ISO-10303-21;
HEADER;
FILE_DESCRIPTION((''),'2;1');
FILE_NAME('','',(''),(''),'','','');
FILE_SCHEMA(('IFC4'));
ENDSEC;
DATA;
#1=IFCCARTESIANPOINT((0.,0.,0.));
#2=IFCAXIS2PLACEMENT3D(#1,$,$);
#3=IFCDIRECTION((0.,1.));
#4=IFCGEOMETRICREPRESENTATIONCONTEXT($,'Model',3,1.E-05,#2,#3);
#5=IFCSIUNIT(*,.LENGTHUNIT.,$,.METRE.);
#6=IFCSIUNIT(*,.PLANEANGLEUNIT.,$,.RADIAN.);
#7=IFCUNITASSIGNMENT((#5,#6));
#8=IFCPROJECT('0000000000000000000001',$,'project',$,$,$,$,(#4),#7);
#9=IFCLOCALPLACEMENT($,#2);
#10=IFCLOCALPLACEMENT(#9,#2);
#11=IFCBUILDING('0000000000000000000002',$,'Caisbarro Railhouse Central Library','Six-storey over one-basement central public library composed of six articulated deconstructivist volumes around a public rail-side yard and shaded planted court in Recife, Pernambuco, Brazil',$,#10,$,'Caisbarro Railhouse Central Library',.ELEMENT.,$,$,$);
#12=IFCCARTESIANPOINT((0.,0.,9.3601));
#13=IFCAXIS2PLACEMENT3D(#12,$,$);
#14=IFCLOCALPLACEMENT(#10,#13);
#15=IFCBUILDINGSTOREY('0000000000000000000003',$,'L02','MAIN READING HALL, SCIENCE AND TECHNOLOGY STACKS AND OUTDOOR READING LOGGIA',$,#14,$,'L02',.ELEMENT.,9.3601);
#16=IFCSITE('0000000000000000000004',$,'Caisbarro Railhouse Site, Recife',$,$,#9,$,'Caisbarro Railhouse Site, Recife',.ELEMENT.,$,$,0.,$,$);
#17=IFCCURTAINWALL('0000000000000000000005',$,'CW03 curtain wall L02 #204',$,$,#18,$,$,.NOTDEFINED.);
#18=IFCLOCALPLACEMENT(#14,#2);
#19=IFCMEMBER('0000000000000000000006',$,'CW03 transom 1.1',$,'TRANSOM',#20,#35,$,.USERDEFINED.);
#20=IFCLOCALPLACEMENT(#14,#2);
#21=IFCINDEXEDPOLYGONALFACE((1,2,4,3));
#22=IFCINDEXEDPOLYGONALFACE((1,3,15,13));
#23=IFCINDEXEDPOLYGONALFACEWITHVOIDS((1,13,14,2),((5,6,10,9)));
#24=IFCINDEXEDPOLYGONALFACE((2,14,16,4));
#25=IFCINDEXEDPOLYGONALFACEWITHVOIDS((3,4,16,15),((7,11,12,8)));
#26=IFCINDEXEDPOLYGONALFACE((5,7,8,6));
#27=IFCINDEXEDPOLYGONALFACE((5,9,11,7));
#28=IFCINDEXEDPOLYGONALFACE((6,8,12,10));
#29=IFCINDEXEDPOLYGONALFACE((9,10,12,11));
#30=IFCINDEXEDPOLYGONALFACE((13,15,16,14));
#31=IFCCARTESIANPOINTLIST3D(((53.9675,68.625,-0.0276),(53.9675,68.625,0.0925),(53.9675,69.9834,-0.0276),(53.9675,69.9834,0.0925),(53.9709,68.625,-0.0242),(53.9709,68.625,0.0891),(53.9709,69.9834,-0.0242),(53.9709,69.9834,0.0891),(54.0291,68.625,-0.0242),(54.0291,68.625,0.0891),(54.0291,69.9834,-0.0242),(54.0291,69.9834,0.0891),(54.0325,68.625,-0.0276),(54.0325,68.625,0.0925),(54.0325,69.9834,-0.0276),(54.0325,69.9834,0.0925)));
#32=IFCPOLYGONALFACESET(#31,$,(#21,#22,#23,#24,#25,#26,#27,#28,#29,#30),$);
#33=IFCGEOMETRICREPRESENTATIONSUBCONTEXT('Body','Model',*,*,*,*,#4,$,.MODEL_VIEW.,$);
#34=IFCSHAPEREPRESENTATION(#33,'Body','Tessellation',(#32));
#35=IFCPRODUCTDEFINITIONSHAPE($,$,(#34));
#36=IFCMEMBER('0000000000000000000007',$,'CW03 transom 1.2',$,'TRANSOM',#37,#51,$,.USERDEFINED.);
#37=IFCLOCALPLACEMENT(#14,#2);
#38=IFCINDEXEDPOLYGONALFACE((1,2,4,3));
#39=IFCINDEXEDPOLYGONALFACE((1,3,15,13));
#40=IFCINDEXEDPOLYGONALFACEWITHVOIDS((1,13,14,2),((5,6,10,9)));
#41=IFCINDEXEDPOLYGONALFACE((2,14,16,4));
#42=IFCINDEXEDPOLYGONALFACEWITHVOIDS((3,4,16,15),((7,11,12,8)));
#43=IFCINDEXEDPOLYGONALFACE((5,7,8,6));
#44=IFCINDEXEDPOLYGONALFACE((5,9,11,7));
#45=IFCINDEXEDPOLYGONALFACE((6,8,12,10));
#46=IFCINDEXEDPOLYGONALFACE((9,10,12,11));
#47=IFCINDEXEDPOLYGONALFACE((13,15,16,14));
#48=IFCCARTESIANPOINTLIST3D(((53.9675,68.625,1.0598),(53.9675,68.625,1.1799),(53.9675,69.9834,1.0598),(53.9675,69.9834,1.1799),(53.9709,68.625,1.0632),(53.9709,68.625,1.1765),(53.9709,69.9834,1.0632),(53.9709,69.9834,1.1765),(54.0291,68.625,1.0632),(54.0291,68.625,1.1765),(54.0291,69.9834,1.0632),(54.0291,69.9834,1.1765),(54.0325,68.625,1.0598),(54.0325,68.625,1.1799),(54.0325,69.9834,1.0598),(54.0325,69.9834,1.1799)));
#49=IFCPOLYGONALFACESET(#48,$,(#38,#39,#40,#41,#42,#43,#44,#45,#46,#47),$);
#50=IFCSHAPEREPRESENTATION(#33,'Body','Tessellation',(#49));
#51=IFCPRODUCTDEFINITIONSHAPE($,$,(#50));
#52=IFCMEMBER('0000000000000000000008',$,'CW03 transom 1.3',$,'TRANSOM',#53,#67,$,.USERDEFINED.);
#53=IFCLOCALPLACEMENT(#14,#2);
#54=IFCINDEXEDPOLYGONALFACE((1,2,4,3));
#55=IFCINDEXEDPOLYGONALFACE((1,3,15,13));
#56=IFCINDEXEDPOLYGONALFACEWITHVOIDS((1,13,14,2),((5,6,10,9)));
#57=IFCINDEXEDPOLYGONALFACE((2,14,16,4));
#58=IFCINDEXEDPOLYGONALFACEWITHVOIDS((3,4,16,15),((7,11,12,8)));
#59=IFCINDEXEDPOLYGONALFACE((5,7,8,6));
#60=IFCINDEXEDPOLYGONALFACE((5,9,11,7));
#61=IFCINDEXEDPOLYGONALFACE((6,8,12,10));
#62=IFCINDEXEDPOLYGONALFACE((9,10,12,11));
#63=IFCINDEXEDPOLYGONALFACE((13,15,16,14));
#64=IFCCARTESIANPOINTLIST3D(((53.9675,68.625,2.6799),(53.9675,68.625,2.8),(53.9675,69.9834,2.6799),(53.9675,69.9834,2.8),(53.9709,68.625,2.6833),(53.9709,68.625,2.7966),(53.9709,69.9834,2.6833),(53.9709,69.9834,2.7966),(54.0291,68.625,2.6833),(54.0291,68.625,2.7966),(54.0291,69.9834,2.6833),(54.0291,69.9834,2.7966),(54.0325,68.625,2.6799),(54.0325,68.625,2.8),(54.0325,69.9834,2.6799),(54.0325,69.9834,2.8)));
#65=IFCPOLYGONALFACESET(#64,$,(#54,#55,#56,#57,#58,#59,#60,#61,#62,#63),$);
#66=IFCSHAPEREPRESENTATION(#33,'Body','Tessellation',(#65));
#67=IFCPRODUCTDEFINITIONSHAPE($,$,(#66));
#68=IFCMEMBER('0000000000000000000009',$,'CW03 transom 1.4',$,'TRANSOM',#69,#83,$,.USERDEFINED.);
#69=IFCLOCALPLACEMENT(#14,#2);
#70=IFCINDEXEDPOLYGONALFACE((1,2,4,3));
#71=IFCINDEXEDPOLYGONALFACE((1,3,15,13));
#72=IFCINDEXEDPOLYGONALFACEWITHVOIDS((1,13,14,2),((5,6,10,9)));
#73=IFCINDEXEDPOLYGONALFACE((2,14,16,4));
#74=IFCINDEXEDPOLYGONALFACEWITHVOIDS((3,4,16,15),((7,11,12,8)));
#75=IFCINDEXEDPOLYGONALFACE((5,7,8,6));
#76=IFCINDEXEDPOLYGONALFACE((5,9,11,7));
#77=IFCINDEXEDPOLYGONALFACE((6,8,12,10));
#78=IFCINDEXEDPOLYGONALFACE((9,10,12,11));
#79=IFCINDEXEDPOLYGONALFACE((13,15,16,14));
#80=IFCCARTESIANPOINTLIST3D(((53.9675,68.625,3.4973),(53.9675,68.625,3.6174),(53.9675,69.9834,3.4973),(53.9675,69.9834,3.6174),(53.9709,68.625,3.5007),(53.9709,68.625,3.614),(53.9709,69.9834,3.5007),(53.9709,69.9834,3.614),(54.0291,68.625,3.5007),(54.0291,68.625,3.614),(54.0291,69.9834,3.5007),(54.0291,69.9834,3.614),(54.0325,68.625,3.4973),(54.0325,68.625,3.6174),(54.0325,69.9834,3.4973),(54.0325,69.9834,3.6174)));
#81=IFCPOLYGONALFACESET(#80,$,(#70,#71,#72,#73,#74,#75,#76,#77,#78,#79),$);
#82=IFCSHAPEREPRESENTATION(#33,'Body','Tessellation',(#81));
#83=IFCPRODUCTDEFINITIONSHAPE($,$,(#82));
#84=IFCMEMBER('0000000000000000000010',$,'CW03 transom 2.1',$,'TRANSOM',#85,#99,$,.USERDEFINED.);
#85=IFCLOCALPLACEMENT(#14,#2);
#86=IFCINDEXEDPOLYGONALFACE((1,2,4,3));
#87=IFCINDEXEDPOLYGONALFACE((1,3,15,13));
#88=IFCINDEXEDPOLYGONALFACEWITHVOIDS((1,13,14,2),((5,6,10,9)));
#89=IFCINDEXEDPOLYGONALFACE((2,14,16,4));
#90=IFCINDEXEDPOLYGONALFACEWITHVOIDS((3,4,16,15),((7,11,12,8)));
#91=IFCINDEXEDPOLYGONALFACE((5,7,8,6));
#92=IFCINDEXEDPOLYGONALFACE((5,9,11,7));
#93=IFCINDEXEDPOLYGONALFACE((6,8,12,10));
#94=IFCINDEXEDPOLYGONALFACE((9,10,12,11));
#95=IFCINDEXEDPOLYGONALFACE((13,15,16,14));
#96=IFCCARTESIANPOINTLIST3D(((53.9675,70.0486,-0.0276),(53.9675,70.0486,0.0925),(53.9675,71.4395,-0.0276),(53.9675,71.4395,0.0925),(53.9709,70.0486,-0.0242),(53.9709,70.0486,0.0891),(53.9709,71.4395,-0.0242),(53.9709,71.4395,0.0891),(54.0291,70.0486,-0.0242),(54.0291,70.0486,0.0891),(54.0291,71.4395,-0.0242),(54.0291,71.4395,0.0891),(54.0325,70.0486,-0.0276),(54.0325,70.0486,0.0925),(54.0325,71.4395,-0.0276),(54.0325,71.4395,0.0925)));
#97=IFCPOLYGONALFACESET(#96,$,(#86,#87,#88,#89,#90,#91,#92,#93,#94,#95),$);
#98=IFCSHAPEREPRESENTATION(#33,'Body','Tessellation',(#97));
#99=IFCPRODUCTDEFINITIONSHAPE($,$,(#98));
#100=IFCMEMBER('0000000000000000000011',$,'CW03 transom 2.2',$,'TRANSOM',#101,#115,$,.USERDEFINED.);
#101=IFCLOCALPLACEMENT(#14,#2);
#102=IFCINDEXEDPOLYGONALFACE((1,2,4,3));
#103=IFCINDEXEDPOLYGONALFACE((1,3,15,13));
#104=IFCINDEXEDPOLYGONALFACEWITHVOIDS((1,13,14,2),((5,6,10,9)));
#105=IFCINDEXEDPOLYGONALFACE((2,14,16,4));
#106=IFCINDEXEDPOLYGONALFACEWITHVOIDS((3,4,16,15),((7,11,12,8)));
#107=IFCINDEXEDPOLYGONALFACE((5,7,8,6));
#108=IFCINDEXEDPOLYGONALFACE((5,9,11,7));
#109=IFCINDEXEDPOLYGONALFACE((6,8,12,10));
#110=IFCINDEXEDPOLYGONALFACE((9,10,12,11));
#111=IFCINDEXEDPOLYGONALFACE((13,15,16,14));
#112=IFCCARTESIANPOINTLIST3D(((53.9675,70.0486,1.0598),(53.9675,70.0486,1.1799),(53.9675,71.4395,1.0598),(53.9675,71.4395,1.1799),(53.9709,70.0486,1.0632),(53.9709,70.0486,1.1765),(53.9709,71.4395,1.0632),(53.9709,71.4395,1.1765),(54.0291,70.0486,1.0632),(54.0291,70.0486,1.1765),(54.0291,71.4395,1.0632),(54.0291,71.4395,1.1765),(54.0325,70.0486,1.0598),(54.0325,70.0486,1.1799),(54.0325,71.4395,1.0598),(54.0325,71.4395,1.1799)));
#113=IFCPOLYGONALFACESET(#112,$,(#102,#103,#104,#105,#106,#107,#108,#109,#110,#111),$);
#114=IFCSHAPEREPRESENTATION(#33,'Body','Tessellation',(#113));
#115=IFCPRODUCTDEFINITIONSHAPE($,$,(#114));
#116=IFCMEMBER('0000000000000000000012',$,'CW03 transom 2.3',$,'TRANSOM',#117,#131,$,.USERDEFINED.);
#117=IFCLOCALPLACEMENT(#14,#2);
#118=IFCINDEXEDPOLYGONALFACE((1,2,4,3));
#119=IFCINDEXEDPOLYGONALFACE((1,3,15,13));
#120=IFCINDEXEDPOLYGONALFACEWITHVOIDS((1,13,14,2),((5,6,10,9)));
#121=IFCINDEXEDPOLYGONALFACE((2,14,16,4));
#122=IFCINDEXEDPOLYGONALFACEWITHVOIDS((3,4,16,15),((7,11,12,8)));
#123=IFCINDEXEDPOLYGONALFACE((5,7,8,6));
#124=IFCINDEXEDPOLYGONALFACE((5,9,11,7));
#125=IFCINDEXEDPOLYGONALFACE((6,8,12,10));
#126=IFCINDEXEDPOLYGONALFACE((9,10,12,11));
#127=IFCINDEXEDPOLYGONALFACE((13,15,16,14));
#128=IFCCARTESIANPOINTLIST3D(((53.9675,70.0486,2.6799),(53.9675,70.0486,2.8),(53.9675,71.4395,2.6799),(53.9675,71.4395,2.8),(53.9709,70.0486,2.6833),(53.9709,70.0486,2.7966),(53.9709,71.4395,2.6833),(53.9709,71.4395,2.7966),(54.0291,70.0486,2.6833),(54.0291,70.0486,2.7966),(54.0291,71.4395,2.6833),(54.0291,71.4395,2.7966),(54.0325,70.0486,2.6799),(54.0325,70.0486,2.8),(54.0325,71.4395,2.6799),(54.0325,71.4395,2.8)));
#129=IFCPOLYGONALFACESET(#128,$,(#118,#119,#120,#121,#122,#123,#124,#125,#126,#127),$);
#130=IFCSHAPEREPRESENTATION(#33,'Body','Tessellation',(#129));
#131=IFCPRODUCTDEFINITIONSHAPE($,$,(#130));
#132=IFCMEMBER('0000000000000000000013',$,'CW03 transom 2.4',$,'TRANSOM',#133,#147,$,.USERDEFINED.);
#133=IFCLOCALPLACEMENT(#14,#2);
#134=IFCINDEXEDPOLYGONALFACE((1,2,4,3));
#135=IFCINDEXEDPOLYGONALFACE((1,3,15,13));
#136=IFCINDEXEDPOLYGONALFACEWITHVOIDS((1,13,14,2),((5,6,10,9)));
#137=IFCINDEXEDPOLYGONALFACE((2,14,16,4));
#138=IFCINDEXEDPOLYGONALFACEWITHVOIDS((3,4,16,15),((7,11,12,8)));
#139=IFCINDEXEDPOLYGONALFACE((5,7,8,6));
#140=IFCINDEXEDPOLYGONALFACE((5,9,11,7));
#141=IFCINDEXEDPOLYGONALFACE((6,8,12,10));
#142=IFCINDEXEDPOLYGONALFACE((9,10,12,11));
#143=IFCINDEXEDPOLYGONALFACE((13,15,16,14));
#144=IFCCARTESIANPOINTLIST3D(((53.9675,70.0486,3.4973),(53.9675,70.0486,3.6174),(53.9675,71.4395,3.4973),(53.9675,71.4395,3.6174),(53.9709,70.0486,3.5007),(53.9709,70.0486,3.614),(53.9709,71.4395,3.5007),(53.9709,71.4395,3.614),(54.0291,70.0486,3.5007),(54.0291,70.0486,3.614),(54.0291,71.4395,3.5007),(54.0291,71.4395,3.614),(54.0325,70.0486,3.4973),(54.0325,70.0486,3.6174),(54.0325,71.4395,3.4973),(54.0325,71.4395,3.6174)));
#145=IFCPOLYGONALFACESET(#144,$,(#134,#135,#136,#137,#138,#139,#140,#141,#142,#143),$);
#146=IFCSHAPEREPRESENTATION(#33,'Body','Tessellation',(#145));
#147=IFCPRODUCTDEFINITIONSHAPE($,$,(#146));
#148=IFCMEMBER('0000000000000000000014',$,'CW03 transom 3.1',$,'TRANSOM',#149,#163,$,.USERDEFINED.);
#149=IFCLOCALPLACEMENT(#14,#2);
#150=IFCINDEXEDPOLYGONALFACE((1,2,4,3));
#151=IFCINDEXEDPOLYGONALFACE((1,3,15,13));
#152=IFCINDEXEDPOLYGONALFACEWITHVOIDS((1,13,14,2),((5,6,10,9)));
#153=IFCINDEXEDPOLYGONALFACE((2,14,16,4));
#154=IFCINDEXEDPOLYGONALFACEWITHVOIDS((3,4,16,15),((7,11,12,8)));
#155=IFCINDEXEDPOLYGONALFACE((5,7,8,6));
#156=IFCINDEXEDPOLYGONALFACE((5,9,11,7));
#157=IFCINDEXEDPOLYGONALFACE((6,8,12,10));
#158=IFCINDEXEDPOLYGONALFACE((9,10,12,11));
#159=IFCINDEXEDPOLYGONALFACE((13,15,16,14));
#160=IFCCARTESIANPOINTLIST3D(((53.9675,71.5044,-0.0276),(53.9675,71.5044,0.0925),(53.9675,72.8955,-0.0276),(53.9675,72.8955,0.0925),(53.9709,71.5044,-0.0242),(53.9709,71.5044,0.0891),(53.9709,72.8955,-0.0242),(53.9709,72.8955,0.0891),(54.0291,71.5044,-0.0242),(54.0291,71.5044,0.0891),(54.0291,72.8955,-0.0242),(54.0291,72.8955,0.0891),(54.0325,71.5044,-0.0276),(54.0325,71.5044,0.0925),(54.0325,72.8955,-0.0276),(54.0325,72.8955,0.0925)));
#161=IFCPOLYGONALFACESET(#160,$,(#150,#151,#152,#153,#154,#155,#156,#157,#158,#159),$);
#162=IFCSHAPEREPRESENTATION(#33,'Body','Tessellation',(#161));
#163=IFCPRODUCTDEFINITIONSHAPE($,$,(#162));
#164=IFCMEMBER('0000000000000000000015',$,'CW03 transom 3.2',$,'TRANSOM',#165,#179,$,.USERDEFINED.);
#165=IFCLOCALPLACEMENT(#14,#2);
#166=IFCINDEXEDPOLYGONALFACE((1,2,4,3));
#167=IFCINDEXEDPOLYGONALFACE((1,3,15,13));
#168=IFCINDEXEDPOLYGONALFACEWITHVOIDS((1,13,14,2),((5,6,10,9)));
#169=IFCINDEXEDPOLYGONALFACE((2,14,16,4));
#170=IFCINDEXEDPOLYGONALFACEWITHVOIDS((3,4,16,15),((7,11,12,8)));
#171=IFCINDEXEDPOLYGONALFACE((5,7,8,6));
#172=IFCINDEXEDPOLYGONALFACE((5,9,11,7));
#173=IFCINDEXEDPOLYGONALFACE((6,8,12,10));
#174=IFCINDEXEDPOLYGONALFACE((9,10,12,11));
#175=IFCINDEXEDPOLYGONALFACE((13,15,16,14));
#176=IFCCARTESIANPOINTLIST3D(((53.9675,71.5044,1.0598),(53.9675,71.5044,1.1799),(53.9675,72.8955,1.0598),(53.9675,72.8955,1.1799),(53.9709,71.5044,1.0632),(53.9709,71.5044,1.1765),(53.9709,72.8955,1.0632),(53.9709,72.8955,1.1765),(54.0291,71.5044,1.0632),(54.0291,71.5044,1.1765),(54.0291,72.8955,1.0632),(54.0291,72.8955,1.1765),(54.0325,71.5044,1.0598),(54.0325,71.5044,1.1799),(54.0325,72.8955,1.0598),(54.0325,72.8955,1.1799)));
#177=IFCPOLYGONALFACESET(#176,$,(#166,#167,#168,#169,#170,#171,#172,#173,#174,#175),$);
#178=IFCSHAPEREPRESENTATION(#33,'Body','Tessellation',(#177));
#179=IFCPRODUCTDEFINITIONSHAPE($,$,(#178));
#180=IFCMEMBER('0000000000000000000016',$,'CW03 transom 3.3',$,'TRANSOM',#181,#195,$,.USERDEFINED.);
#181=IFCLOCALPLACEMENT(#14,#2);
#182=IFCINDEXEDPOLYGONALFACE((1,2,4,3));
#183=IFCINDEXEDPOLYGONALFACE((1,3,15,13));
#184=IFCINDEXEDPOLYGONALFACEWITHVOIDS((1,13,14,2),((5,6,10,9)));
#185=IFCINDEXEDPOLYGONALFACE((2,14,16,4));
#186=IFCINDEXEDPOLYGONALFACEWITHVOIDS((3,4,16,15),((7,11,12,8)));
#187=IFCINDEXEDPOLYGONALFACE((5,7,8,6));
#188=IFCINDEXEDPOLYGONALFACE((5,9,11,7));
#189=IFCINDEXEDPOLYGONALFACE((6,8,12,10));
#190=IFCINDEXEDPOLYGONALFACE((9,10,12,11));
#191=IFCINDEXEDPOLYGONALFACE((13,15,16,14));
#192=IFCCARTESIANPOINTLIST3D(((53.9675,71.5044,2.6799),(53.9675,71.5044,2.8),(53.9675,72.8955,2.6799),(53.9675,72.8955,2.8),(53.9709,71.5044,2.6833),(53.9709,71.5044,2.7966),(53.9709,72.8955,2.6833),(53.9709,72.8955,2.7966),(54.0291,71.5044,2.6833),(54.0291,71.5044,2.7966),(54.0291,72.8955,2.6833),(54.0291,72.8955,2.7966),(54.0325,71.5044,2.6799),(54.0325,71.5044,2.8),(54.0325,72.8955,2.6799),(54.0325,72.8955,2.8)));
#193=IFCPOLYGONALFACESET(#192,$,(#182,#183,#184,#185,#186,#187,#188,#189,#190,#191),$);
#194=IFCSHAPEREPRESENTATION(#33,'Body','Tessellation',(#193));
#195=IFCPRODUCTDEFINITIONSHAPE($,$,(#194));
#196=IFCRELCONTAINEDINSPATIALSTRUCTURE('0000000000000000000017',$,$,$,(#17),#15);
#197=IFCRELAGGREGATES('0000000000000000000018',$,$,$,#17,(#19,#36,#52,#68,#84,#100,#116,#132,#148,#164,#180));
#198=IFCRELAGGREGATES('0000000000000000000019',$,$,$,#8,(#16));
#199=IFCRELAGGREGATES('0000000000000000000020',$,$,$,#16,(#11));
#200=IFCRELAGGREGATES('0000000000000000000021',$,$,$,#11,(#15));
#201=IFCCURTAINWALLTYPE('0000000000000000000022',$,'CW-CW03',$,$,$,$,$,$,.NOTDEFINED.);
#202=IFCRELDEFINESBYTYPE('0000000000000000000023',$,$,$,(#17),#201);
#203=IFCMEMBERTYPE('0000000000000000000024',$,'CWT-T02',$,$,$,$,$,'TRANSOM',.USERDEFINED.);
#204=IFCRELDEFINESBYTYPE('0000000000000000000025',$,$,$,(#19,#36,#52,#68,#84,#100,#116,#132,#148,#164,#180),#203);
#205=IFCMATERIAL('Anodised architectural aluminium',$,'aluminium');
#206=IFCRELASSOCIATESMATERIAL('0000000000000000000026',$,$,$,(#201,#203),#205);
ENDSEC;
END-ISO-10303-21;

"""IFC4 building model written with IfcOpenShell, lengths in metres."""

from ifc_helpers import new_model, si_unit, direction, frame, origin, origin_2d, place, context, subcontext, project, spatial, hollow_rectangle, extrude, material, material_profile, profile_set, type_object, element, aggregate, save


model = new_model("IFC4")

# Units and contexts
model_context = context("Model", 3, precision=1e-05, world=origin(), true_north=direction((0.0, 1.0)))
body_context = subcontext(model_context, "Body", "Model", "MODEL_VIEW")
ifc_project = project(units=[si_unit("LENGTHUNIT", "METRE"), si_unit("PLANEANGLEUNIT", "RADIAN")], contexts=[model_context])

# Site, building, storey
site_placement = place(None, origin())
site = spatial("IfcSite", under=ifc_project, at=site_placement, Name="Caisbarro Railhouse Site, Recife", LongName="Caisbarro Railhouse Site, Recife", CompositionType="ELEMENT", RefElevation=0.0)
building_placement = place(site_placement, origin())
building = spatial("IfcBuilding", under=site, at=building_placement, Name="Caisbarro Railhouse Central Library", Description="Six-storey over one-basement central public library composed of six articulated deconstructivist volumes around a public rail-side yard and shaded planted court in Recife, Pernambuco, Brazil", LongName="Caisbarro Railhouse Central Library", CompositionType="ELEMENT")
storey_placement = place(building_placement, frame((0.0, 0.0, 9.3601)))
storey = spatial("IfcBuildingStorey", under=building, at=storey_placement, Name="L02", Description="MAIN READING HALL, SCIENCE AND TECHNOLOGY STACKS AND OUTDOOR READING LOGGIA", LongName="L02", CompositionType="ELEMENT", Elevation=9.3601)

# Shared definitions
ifc_material_1 = material(Name="Anodised architectural aluminium", Category="aluminium")
curtain_wall_type = type_object("IfcCurtainWallType", Name="CW-CW03", PredefinedType="NOTDEFINED", material=ifc_material_1)

# Curtain wall, members
curtain_wall_1_placement = place(storey_placement, origin())
curtain_wall_1 = element("IfcCurtainWall", 1, at=curtain_wall_1_placement, inside=storey, type_object=curtain_wall_type, Name="CW03 curtain wall L02 #204", PredefinedType="NOTDEFINED")
ifc_material_profile_1 = material_profile(ifc_material_1, hollow_rectangle(XDim=0.0649, YDim=0.1201, WallThickness=0.0034, at=origin_2d()), Name="ALU-TRN-65X120")
ifc_profile_set_1 = profile_set([ifc_material_profile_1], Name="Anodised architectural aluminium")
member_type_1 = type_object("IfcMemberType", Name="CWT-T02", ElementType="TRANSOM", PredefinedType="USERDEFINED", material=ifc_profile_set_1)
member_1_placement = place(storey_placement, frame((54.0, 68.625, 0.0325), z_axis=(0.0, 1.0, 0.0), x_axis=(-1.0, 0.0, 0.0)))
member_1 = element("IfcMember", 2, at=member_1_placement, type_object=member_type_1, Name="CW03 transom 1.1", ObjectType="TRANSOM", PredefinedType="USERDEFINED", context=body_context, shape_type="SweptSolid", body=[
    extrude(hollow_rectangle(XDim=0.0649, YDim=0.1201, WallThickness=0.0034, at=origin_2d()), origin(), (0.0, 0.0, 1.0), 1.3584),
])
member_2_placement = place(storey_placement, frame((54.0, 68.625, 1.1199), z_axis=(0.0, 1.0, 0.0), x_axis=(-1.0, 0.0, 0.0)))
member_2 = element("IfcMember", 3, at=member_2_placement, type_object=member_type_1, Name="CW03 transom 1.2", ObjectType="TRANSOM", PredefinedType="USERDEFINED", context=body_context, shape_type="SweptSolid", body=[
    extrude(hollow_rectangle(XDim=0.0649, YDim=0.1201, WallThickness=0.0034, at=origin_2d()), origin(), (0.0, 0.0, 1.0), 1.3584),
])
member_3_placement = place(storey_placement, frame((54.0, 68.625, 2.74), z_axis=(0.0, 1.0, 0.0), x_axis=(-1.0, 0.0, 0.0)))
member_3 = element("IfcMember", 4, at=member_3_placement, type_object=member_type_1, Name="CW03 transom 1.3", ObjectType="TRANSOM", PredefinedType="USERDEFINED", context=body_context, shape_type="SweptSolid", body=[
    extrude(hollow_rectangle(XDim=0.0649, YDim=0.1201, WallThickness=0.0034, at=origin_2d()), origin(), (0.0, 0.0, 1.0), 1.3584),
])
member_4_placement = place(storey_placement, frame((54.0, 68.625, 3.5574), z_axis=(0.0, 1.0, 0.0), x_axis=(-1.0, 0.0, 0.0)))
member_4 = element("IfcMember", 5, at=member_4_placement, type_object=member_type_1, Name="CW03 transom 1.4", ObjectType="TRANSOM", PredefinedType="USERDEFINED", context=body_context, shape_type="SweptSolid", body=[
    extrude(hollow_rectangle(XDim=0.0649, YDim=0.1201, WallThickness=0.0034, at=origin_2d()), origin(), (0.0, 0.0, 1.0), 1.3584),
])
member_5_placement = place(storey_placement, frame((54.0, 70.0486, 0.0325), z_axis=(0.0, 1.0, 0.0), x_axis=(-1.0, 0.0, 0.0)))
member_5 = element("IfcMember", 6, at=member_5_placement, type_object=member_type_1, Name="CW03 transom 2.1", ObjectType="TRANSOM", PredefinedType="USERDEFINED", context=body_context, shape_type="SweptSolid", body=[
    extrude(hollow_rectangle(XDim=0.0649, YDim=0.1201, WallThickness=0.0034, at=origin_2d()), origin(), (0.0, 0.0, 1.0), 1.3909),
])
member_6_placement = place(storey_placement, frame((54.0, 70.0486, 1.1199), z_axis=(0.0, 1.0, 0.0), x_axis=(-1.0, 0.0, 0.0)))
member_6 = element("IfcMember", 7, at=member_6_placement, type_object=member_type_1, Name="CW03 transom 2.2", ObjectType="TRANSOM", PredefinedType="USERDEFINED", context=body_context, shape_type="SweptSolid", body=[
    extrude(hollow_rectangle(XDim=0.0649, YDim=0.1201, WallThickness=0.0034, at=origin_2d()), origin(), (0.0, 0.0, 1.0), 1.3909),
])
member_7_placement = place(storey_placement, frame((54.0, 70.0486, 2.74), z_axis=(0.0, 1.0, 0.0), x_axis=(-1.0, 0.0, 0.0)))
member_7 = element("IfcMember", 8, at=member_7_placement, type_object=member_type_1, Name="CW03 transom 2.3", ObjectType="TRANSOM", PredefinedType="USERDEFINED", context=body_context, shape_type="SweptSolid", body=[
    extrude(hollow_rectangle(XDim=0.0649, YDim=0.1201, WallThickness=0.0034, at=origin_2d()), origin(), (0.0, 0.0, 1.0), 1.3909),
])
member_8_placement = place(storey_placement, frame((54.0, 70.0486, 3.5574), z_axis=(0.0, 1.0, 0.0), x_axis=(-1.0, 0.0, 0.0)))
member_8 = element("IfcMember", 9, at=member_8_placement, type_object=member_type_1, Name="CW03 transom 2.4", ObjectType="TRANSOM", PredefinedType="USERDEFINED", context=body_context, shape_type="SweptSolid", body=[
    extrude(hollow_rectangle(XDim=0.0649, YDim=0.1201, WallThickness=0.0034, at=origin_2d()), origin(), (0.0, 0.0, 1.0), 1.3909),
])
member_9_placement = place(storey_placement, frame((54.0, 71.5044, 0.0325), z_axis=(0.0, 1.0, 0.0), x_axis=(-1.0, 0.0, 0.0)))
member_9 = element("IfcMember", 10, at=member_9_placement, type_object=member_type_1, Name="CW03 transom 3.1", ObjectType="TRANSOM", PredefinedType="USERDEFINED", context=body_context, shape_type="SweptSolid", body=[
    extrude(hollow_rectangle(XDim=0.0649, YDim=0.1201, WallThickness=0.0034, at=origin_2d()), origin(), (0.0, 0.0, 1.0), 1.3911),
])
member_10_placement = place(storey_placement, frame((54.0, 71.5044, 1.1199), z_axis=(0.0, 1.0, 0.0), x_axis=(-1.0, 0.0, 0.0)))
member_10 = element("IfcMember", 11, at=member_10_placement, type_object=member_type_1, Name="CW03 transom 3.2", ObjectType="TRANSOM", PredefinedType="USERDEFINED", context=body_context, shape_type="SweptSolid", body=[
    extrude(hollow_rectangle(XDim=0.0649, YDim=0.1201, WallThickness=0.0034, at=origin_2d()), origin(), (0.0, 0.0, 1.0), 1.3911),
])
member_11_placement = place(storey_placement, frame((54.0, 71.5044, 2.74), z_axis=(0.0, 1.0, 0.0), x_axis=(-1.0, 0.0, 0.0)))
member_11 = element("IfcMember", 12, at=member_11_placement, type_object=member_type_1, Name="CW03 transom 3.3", ObjectType="TRANSOM", PredefinedType="USERDEFINED", context=body_context, shape_type="SweptSolid", body=[
    extrude(hollow_rectangle(XDim=0.0649, YDim=0.1201, WallThickness=0.0034, at=origin_2d()), origin(), (0.0, 0.0, 1.0), 1.3911),
])

aggregate(curtain_wall_1, [member_1, member_2, member_3, member_4, member_5, member_6, member_7, member_8, member_9, member_10, member_11])

save(model, "model.ifc")
